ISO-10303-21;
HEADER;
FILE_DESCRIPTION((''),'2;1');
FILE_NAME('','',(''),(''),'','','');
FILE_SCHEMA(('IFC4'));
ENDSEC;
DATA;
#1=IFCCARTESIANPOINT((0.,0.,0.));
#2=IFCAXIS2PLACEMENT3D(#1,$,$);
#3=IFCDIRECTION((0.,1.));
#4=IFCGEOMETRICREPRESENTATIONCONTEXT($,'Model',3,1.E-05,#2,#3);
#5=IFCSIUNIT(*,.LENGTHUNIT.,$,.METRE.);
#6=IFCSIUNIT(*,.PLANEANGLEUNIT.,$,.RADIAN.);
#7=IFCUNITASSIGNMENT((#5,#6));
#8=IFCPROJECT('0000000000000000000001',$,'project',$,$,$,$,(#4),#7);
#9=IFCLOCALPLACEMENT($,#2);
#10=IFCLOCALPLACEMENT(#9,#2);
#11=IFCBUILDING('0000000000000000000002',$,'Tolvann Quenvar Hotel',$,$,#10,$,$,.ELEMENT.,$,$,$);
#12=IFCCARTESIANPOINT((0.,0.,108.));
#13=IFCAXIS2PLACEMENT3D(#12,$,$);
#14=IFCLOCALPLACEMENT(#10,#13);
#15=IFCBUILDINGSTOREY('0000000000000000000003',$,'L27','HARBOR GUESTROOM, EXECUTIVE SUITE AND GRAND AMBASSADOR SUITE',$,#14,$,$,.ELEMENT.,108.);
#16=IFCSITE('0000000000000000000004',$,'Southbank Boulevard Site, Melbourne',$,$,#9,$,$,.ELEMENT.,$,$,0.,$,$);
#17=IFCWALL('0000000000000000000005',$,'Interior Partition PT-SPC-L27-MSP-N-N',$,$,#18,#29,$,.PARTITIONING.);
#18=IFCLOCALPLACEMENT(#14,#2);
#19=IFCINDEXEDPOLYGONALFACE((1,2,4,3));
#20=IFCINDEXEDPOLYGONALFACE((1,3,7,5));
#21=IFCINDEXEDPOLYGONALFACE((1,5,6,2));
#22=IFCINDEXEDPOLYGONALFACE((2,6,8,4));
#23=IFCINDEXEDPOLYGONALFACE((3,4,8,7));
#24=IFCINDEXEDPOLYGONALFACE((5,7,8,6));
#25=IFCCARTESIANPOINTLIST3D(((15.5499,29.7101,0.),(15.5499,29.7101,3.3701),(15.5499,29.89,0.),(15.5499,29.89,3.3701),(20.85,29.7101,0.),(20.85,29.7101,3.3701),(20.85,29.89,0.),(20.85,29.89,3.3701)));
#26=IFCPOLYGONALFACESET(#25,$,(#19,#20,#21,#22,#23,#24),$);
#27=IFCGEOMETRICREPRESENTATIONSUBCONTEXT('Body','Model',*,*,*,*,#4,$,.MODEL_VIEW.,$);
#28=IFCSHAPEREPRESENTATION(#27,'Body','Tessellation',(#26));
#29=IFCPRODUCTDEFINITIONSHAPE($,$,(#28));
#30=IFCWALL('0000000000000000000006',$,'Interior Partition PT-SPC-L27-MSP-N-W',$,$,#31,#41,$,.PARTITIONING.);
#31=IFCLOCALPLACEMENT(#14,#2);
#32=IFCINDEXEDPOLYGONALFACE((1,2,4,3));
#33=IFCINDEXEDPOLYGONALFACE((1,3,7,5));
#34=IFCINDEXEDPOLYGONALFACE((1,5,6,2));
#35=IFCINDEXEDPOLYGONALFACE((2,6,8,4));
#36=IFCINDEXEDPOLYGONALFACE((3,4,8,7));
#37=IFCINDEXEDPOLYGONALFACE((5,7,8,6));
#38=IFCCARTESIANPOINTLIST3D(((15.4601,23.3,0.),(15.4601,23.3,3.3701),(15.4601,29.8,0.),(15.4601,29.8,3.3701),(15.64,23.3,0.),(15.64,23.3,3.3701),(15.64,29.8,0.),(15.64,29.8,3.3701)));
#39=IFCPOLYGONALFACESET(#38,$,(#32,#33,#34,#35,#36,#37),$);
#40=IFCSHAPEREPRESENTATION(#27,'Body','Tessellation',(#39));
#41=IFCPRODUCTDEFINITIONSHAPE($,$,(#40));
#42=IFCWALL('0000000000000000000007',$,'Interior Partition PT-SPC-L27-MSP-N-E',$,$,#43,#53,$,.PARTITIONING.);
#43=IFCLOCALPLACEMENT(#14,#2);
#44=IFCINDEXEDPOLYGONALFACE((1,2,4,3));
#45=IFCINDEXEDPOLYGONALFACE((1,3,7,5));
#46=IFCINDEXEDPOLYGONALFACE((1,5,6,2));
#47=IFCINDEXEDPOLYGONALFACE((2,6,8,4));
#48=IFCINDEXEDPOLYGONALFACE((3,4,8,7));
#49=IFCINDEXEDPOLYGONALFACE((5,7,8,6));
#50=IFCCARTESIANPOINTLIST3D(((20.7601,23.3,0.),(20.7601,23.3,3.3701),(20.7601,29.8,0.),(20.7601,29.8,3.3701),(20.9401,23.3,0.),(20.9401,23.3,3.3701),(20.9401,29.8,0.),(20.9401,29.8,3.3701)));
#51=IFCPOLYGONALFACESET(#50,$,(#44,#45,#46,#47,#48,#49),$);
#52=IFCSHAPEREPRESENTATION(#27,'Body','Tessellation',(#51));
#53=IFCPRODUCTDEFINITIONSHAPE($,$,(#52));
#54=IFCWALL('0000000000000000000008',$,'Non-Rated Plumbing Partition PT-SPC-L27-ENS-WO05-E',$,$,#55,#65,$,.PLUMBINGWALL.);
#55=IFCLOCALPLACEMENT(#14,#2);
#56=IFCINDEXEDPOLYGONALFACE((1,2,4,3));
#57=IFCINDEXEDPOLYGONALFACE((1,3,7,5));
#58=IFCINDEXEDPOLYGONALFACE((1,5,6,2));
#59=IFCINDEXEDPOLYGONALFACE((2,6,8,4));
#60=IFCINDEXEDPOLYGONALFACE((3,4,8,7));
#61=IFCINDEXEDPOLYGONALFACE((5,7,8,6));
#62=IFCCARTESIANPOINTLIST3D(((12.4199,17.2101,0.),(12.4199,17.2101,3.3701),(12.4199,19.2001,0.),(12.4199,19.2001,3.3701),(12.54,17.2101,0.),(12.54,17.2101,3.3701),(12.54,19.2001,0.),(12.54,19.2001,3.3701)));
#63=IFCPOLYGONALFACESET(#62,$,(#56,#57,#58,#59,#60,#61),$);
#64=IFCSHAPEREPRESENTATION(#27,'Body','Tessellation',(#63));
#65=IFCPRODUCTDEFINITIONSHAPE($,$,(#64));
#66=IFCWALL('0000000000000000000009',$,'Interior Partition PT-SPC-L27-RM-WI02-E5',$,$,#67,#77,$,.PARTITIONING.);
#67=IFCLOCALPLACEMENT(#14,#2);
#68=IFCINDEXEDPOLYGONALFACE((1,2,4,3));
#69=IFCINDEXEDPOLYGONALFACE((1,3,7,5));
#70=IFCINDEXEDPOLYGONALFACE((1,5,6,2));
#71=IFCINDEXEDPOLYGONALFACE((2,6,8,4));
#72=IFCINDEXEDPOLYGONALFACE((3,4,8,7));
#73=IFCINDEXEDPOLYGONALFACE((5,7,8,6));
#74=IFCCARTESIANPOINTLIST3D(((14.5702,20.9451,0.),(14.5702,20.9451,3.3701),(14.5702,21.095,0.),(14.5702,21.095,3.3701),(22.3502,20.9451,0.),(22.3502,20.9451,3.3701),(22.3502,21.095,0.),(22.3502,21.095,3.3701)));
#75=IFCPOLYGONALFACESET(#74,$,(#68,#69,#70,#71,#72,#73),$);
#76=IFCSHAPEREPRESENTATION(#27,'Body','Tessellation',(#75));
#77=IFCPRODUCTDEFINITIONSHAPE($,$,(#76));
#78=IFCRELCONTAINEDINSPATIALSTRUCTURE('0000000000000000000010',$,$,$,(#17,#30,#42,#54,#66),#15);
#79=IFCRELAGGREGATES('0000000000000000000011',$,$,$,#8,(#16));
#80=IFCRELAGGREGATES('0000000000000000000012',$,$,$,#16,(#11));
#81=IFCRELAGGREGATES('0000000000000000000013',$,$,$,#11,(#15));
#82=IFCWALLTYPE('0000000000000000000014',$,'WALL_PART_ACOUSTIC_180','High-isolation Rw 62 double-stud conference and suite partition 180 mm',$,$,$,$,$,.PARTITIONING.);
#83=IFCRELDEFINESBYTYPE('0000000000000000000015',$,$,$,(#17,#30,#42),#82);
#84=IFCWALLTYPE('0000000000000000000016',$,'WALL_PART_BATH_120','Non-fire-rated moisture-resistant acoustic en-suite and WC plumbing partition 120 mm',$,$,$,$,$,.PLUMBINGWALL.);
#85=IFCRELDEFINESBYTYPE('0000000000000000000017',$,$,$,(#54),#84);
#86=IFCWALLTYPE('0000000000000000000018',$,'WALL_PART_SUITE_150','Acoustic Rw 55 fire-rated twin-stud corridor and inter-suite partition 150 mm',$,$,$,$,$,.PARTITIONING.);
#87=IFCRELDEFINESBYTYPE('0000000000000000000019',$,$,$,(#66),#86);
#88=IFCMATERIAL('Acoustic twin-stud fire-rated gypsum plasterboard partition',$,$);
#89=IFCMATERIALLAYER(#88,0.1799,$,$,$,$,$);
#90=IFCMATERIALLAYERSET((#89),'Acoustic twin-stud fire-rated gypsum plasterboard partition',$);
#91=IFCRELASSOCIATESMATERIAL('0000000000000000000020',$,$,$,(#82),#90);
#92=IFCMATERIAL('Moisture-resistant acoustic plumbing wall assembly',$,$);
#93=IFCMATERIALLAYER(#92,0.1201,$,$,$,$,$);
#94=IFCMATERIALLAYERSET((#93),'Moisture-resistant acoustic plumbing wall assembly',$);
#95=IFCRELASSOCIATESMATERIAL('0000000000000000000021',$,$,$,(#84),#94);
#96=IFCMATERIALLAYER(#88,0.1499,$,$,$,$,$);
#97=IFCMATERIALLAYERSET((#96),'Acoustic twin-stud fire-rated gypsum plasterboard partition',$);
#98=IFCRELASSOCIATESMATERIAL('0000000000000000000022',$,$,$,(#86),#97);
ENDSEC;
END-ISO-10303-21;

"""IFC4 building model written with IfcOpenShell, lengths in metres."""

from ifc_helpers import new_model, si_unit, direction, frame, frame_2d, origin, place, context, subcontext, project, spatial, rectangle, extrude, material, layer, layer_set, type_object, element, save


model = new_model("IFC4")

# Units and contexts
model_context = context("Model", 3, precision=1e-05, world=origin(), true_north=direction((0.0, 1.0)))
body_context = subcontext(model_context, "Body", "Model", "MODEL_VIEW")
ifc_project = project(units=[si_unit("LENGTHUNIT", "METRE"), si_unit("PLANEANGLEUNIT", "RADIAN")], contexts=[model_context])

# Site, building, storey
site_placement = place(None, origin())
site = spatial("IfcSite", under=ifc_project, at=site_placement, Name="Southbank Boulevard Site, Melbourne", CompositionType="ELEMENT", RefElevation=0.0)
building_placement = place(site_placement, origin())
building = spatial("IfcBuilding", under=site, at=building_placement, Name="Tolvann Quenvar Hotel", CompositionType="ELEMENT")
storey_placement = place(building_placement, frame((0.0, 0.0, 108.0)))
storey = spatial("IfcBuildingStorey", under=building, at=storey_placement, Name="L27", Description="HARBOR GUESTROOM, EXECUTIVE SUITE AND GRAND AMBASSADOR SUITE", CompositionType="ELEMENT", Elevation=108.0)

# Shared definitions
ifc_material_1 = material(Name="Acoustic twin-stud fire-rated gypsum plasterboard partition")
ifc_layer_1 = layer(ifc_material_1, 0.1799)
ifc_layer_set_1 = layer_set([ifc_layer_1], Name="Acoustic twin-stud fire-rated gypsum plasterboard partition")
wall_type_1 = type_object("IfcWallType", Name="WALL_PART_ACOUSTIC_180", Description="High-isolation Rw 62 double-stud conference and suite partition 180 mm", PredefinedType="PARTITIONING", material=ifc_layer_set_1)

# Walls
wall_1_placement = place(storey_placement, frame((15.55, 29.8, 0.0), z_axis=(0.0, 0.0, 1.0), x_axis=(1.0, 0.0, 0.0)))
element("IfcWall", 1, at=wall_1_placement, inside=storey, type_object=wall_type_1, Name="Interior Partition PT-SPC-L27-MSP-N-N", PredefinedType="PARTITIONING", context=body_context, shape_type="SweptSolid", body=[
    extrude(rectangle(XDim=5.3, YDim=0.1799, at=frame_2d((2.6499, 0.0))), origin(), (0.0, 0.0, 1.0), 3.3701),
])
for number, where, z_axis, x_axis, name in (
    (2, (15.55, 23.3, 0.0), (0.0, 0.0, 1.0), (0.0, 1.0, 0.0), "Interior Partition PT-SPC-L27-MSP-N-W"),
    (3, (20.8501, 23.3, 0.0), (0.0, 0.0, 1.0), (0.0, 1.0, 0.0), "Interior Partition PT-SPC-L27-MSP-N-E"),
):
    element("IfcWall", number, at=place(storey_placement, frame(where, z_axis=z_axis, x_axis=x_axis)), inside=storey, type_object=wall_type_1, Name=name, PredefinedType="PARTITIONING", context=body_context, shape_type="SweptSolid", body=[
        extrude(rectangle(XDim=6.5, YDim=0.1799, at=frame_2d((3.25, 0.0))), origin(), (0.0, 0.0, 1.0), 3.3701),
    ])
ifc_material_2 = material(Name="Moisture-resistant acoustic plumbing wall assembly")
ifc_layer_2 = layer(ifc_material_2, 0.1201)
ifc_layer_set_2 = layer_set([ifc_layer_2], Name="Moisture-resistant acoustic plumbing wall assembly")
wall_type_2 = type_object("IfcWallType", Name="WALL_PART_BATH_120", Description="Non-fire-rated moisture-resistant acoustic en-suite and WC plumbing partition 120 mm", PredefinedType="PLUMBINGWALL", material=ifc_layer_set_2)
wall_2_placement = place(storey_placement, frame((12.48, 17.21, 0.0), z_axis=(0.0, 0.0, 1.0), x_axis=(0.0, 1.0, 0.0)))
element("IfcWall", 4, at=wall_2_placement, inside=storey, type_object=wall_type_2, Name="Non-Rated Plumbing Partition PT-SPC-L27-ENS-WO05-E", PredefinedType="PLUMBINGWALL", context=body_context, shape_type="SweptSolid", body=[
    extrude(rectangle(XDim=1.99, YDim=0.1201, at=frame_2d((0.9951, 0.0))), origin(), (0.0, 0.0, 1.0), 3.3701),
])

# Shared definitions
ifc_layer_3 = layer(ifc_material_1, 0.1499)
ifc_layer_set_3 = layer_set([ifc_layer_3], Name="Acoustic twin-stud fire-rated gypsum plasterboard partition")
wall_type_3 = type_object("IfcWallType", Name="WALL_PART_SUITE_150", Description="Acoustic Rw 55 fire-rated twin-stud corridor and inter-suite partition 150 mm", PredefinedType="PARTITIONING", material=ifc_layer_set_3)

# Wall
wall_3_placement = place(storey_placement, frame((14.5701, 21.02, 0.0), z_axis=(0.0, 0.0, 1.0), x_axis=(1.0, 0.0, 0.0)))
element("IfcWall", 5, at=wall_3_placement, inside=storey, type_object=wall_type_3, Name="Interior Partition PT-SPC-L27-RM-WI02-E5", PredefinedType="PARTITIONING", context=body_context, shape_type="SweptSolid", body=[
    extrude(rectangle(XDim=7.78, YDim=0.1499, at=frame_2d((3.8901, 0.0))), origin(), (0.0, 0.0, 1.0), 3.3701),
])

save(model, "model.ifc")
